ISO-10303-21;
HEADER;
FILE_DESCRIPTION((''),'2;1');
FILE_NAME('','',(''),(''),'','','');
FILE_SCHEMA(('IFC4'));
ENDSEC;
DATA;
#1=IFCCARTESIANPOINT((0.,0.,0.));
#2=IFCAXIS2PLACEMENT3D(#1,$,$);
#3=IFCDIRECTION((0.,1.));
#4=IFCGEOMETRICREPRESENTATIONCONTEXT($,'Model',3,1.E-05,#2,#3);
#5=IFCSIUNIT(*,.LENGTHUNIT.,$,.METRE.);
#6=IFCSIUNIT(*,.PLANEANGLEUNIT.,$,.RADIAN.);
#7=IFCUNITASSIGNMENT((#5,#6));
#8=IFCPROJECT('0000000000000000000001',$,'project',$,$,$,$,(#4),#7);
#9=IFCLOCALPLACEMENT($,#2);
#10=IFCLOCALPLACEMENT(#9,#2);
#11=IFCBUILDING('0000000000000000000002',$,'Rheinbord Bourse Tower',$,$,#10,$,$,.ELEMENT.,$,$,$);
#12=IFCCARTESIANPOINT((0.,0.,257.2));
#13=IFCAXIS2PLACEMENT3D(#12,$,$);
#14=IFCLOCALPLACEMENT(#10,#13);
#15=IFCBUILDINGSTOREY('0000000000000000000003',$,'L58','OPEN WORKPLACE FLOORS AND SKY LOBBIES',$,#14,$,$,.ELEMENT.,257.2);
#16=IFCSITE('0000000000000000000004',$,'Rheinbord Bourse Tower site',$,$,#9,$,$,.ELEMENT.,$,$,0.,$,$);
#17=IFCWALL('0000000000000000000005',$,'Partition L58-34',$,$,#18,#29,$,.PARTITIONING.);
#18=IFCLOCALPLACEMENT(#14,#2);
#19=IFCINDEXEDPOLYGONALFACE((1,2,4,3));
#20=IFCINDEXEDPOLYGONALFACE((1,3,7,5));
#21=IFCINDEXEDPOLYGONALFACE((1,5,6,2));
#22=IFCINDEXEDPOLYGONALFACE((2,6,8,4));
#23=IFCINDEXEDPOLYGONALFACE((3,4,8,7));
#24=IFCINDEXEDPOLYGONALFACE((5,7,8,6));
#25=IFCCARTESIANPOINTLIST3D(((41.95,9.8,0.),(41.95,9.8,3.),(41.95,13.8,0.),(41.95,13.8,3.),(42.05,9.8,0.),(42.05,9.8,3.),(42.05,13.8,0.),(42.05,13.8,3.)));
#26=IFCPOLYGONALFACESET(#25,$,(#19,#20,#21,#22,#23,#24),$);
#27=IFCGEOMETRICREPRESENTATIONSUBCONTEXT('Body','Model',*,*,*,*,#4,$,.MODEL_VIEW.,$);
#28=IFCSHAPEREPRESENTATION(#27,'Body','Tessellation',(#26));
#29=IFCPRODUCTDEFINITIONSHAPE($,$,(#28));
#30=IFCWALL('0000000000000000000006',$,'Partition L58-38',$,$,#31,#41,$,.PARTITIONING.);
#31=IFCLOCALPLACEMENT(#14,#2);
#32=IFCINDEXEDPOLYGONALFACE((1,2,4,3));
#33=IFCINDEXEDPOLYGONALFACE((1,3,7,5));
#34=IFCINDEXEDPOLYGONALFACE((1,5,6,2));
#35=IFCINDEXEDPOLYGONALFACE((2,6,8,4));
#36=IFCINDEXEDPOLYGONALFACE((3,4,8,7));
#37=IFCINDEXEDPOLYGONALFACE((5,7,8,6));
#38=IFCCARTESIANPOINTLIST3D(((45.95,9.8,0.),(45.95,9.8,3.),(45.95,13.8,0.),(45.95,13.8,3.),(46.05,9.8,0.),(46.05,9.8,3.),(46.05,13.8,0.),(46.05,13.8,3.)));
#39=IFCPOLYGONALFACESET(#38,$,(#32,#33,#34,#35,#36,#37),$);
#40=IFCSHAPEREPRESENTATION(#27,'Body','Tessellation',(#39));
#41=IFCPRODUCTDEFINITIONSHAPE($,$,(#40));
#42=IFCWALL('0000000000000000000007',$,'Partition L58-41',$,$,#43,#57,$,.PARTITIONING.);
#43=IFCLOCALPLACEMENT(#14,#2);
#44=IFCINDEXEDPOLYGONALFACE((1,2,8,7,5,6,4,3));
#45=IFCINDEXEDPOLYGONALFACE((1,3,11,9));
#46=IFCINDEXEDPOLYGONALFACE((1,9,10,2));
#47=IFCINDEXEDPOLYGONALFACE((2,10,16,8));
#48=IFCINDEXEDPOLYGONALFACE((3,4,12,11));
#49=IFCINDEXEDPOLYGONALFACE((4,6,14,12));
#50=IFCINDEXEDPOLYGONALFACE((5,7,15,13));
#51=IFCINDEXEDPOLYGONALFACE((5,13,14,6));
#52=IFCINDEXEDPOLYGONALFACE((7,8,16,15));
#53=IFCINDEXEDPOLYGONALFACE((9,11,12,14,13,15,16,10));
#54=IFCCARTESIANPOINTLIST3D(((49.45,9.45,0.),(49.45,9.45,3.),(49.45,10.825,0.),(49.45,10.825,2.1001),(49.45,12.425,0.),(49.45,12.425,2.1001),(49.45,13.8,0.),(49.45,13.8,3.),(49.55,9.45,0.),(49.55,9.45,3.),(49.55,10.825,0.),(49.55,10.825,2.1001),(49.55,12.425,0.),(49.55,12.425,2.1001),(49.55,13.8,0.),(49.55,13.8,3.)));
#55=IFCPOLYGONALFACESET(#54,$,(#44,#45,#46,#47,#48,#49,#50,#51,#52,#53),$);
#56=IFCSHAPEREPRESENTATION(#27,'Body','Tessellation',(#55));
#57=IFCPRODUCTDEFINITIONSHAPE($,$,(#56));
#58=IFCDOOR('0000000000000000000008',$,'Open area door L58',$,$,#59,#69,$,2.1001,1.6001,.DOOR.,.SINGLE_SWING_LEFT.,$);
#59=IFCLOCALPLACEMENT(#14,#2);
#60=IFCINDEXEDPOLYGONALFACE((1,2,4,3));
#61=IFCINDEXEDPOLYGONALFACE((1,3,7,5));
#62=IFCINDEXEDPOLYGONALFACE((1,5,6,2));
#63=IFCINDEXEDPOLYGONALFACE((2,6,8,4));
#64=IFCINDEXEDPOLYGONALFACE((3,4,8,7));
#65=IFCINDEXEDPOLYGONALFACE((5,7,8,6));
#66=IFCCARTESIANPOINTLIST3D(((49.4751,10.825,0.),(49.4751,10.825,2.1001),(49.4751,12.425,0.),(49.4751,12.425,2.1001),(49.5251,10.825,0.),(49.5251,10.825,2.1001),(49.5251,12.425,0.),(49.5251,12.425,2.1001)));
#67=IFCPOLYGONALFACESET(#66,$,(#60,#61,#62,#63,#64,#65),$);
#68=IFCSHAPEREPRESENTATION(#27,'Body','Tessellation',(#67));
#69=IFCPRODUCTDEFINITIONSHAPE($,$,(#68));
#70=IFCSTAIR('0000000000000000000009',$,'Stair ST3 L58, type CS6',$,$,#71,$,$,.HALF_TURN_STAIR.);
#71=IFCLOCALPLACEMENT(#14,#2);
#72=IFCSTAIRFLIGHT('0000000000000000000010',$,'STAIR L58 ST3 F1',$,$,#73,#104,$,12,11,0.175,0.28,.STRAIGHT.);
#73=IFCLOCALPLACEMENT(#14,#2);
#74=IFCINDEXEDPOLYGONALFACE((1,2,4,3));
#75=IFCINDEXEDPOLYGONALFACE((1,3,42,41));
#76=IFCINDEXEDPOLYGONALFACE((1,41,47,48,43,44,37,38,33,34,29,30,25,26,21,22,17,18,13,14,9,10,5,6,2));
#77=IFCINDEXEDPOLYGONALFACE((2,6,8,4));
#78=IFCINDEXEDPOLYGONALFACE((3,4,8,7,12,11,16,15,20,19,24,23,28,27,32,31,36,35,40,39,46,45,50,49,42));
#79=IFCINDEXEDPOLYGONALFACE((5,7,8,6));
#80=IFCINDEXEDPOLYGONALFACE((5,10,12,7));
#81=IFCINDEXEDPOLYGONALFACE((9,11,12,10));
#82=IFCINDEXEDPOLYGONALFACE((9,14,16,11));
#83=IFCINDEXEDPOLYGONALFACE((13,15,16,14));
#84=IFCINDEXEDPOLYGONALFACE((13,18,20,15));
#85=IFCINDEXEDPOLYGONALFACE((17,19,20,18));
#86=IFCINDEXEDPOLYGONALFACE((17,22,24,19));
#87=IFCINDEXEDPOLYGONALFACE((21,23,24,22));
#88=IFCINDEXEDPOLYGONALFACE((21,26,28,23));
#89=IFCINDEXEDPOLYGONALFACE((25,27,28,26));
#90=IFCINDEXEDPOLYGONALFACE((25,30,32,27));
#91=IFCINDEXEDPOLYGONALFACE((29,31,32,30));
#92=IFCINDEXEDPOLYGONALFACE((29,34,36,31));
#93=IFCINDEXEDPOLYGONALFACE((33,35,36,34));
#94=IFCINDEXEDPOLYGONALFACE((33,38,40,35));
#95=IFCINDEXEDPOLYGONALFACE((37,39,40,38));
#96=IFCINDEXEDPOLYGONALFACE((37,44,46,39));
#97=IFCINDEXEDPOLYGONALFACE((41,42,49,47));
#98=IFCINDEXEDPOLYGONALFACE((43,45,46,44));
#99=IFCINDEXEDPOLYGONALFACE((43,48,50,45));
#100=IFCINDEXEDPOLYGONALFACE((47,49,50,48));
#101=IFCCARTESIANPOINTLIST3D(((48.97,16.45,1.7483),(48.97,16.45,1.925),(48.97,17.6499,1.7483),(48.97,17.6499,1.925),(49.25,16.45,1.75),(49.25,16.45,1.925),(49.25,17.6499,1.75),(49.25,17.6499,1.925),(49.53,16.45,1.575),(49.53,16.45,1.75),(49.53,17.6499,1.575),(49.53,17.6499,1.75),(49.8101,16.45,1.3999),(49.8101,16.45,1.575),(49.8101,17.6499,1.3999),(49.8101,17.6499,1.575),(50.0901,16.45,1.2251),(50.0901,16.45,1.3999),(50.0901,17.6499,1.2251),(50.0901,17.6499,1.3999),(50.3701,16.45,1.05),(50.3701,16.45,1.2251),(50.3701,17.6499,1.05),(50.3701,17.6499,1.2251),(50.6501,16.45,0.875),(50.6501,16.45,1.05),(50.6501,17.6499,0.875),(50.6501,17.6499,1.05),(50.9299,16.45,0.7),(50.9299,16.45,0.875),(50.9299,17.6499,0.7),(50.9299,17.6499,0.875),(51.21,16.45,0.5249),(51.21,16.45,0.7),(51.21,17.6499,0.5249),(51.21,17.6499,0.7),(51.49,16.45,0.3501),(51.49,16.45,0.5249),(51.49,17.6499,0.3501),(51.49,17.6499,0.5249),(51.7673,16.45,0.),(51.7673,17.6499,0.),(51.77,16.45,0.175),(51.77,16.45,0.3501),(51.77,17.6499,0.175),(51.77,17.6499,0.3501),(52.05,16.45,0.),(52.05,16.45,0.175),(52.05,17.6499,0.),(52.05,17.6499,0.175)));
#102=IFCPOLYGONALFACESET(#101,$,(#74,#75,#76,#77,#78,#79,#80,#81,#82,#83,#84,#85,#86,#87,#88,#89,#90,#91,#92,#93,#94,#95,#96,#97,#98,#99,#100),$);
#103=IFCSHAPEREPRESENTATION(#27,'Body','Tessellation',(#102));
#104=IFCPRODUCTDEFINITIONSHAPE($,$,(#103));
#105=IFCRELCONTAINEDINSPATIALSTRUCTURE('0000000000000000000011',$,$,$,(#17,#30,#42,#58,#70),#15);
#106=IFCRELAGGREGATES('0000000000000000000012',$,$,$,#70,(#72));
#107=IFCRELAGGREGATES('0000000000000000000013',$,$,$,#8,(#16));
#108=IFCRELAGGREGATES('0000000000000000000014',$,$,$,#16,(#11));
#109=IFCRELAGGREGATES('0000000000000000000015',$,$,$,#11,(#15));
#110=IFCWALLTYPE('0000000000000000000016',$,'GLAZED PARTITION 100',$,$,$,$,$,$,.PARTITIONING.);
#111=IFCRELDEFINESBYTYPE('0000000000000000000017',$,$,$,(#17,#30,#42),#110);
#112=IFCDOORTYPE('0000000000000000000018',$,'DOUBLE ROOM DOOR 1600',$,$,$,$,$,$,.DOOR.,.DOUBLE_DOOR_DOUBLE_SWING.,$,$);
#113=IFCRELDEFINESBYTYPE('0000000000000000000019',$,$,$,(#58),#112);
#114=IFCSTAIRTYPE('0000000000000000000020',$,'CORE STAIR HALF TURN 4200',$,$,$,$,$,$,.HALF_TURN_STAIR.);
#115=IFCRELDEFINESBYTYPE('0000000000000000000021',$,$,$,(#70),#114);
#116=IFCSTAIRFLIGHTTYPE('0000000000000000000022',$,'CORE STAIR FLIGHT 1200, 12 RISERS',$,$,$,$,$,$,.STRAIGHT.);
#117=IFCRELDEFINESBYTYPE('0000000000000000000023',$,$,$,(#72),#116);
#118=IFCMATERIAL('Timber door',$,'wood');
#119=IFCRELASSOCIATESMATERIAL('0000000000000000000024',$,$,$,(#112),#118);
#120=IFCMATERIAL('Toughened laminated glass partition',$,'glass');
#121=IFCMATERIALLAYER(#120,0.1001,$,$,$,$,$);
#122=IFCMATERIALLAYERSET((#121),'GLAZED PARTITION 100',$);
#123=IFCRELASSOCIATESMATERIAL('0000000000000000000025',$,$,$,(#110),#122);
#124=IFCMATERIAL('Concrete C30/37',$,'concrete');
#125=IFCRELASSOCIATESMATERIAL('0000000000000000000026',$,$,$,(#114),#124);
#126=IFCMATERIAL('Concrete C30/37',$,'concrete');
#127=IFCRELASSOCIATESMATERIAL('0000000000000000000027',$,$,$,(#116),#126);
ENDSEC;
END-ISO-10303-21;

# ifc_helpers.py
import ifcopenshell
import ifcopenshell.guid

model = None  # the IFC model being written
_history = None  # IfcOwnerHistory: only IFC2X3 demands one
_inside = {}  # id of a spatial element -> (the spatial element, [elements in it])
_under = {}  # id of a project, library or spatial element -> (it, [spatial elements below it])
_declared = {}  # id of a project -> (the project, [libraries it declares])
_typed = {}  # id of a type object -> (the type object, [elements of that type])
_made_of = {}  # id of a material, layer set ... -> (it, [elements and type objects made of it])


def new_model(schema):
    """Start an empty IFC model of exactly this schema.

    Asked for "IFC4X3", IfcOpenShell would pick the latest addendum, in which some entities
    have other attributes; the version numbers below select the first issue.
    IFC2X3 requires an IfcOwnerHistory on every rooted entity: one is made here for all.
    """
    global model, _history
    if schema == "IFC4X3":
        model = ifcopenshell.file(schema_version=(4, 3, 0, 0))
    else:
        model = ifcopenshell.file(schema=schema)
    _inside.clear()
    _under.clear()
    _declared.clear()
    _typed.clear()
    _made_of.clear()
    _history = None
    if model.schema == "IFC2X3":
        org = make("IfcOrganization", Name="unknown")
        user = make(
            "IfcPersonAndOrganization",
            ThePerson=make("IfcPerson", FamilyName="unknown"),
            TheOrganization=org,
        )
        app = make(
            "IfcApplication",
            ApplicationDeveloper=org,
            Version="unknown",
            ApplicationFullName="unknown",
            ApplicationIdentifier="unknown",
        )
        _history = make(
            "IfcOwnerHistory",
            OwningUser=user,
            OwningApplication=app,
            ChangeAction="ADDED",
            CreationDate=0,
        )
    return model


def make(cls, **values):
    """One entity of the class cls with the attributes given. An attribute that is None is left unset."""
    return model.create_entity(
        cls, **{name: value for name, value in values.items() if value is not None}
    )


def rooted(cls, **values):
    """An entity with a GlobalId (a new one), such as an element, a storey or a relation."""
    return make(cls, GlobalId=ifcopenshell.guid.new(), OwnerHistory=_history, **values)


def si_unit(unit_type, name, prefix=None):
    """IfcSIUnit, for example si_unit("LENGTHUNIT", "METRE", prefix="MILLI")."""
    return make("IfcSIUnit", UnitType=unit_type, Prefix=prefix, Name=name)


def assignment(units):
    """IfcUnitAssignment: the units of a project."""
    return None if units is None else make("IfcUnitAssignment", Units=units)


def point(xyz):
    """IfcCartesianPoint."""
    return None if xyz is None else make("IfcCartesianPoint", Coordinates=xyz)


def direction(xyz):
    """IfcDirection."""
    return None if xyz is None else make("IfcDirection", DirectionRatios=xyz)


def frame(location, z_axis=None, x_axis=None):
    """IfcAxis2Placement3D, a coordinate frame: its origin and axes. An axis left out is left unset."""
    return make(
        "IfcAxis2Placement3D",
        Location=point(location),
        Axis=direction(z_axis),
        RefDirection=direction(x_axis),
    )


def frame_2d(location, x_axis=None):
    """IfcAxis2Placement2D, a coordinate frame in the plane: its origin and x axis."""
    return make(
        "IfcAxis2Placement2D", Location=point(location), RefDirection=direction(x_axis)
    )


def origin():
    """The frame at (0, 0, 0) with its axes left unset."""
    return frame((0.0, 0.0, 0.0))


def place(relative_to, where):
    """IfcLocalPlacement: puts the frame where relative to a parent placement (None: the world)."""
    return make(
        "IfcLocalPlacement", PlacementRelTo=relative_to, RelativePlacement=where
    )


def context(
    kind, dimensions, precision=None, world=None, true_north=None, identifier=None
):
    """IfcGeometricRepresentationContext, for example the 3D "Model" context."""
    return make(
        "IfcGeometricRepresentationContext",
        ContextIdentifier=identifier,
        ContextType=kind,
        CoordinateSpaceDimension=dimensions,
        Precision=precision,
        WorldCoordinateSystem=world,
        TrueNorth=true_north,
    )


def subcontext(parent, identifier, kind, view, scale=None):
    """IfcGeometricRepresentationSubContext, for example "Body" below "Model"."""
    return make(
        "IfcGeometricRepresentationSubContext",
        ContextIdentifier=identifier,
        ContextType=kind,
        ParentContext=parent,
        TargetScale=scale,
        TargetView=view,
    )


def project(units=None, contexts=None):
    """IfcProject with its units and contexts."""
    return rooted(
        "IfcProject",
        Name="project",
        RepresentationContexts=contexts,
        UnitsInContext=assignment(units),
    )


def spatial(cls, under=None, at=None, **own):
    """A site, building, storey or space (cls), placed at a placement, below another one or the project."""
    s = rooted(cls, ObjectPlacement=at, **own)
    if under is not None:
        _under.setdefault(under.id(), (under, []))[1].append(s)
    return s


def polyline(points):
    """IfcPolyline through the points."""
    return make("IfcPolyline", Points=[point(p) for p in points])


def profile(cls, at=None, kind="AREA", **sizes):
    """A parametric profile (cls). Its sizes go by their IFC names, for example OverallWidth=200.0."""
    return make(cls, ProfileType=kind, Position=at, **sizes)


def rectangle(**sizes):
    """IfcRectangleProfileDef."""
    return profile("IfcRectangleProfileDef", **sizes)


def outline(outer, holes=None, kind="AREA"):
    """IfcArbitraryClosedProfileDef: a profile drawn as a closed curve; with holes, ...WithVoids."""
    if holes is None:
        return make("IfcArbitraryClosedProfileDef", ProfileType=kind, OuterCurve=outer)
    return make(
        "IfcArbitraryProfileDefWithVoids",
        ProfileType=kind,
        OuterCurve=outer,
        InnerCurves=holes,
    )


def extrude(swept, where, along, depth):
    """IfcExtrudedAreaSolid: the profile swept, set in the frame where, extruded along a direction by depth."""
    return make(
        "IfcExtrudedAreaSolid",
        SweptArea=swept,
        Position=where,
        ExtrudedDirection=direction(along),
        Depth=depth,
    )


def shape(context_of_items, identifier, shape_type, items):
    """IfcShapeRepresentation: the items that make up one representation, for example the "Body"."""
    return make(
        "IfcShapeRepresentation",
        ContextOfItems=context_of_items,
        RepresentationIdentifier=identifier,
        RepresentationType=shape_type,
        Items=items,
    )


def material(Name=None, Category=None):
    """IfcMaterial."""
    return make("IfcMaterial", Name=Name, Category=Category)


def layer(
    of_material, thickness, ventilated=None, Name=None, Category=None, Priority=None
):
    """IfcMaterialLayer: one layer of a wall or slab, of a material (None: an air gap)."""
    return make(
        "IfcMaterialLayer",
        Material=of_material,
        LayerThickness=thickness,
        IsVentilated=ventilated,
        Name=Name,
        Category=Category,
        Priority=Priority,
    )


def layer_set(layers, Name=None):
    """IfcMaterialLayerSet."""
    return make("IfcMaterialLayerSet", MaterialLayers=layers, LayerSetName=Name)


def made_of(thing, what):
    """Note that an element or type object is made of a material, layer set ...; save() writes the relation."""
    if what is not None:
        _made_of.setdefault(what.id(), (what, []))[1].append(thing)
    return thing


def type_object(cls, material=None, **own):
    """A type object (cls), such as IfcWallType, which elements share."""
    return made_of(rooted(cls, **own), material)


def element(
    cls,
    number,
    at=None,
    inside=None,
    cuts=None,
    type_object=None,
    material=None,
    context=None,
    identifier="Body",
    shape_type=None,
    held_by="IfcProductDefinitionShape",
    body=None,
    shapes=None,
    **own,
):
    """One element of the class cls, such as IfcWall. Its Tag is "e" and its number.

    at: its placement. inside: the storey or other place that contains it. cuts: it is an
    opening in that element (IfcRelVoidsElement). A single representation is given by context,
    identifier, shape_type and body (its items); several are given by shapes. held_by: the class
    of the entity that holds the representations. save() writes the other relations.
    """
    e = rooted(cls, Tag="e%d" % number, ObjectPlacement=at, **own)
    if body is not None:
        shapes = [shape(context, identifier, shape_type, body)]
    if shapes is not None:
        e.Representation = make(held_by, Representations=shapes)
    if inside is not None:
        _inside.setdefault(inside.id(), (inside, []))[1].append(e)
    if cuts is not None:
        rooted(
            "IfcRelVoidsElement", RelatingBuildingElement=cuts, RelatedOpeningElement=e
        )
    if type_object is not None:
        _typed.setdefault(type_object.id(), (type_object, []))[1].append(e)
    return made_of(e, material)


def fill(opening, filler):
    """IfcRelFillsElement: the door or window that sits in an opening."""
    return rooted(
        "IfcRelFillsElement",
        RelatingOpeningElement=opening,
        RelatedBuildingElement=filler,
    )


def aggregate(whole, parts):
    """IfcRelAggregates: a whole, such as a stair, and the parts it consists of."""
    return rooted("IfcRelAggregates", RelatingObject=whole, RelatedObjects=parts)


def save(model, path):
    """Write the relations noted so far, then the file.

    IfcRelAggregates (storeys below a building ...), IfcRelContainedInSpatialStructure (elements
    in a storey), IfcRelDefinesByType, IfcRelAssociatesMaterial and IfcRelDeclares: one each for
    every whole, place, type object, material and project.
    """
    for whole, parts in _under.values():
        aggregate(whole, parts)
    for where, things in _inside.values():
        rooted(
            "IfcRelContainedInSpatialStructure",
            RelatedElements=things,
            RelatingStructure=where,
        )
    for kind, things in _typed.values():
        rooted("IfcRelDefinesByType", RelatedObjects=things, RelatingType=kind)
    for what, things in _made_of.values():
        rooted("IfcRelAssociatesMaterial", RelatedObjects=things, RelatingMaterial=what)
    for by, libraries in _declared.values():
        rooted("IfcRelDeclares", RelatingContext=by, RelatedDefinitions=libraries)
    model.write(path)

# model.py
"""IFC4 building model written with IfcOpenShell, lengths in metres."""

from ifc_helpers import new_model, si_unit, direction, frame, frame_2d, origin, place, context, subcontext, project, spatial, polyline, rectangle, outline, extrude, material, layer, layer_set, type_object, element, fill, aggregate, save


model = new_model("IFC4")

# Units and contexts
model_context = context("Model", 3, precision=1e-05, world=origin(), true_north=direction((0.0, 1.0)))
body_context = subcontext(model_context, "Body", "Model", "MODEL_VIEW")
ifc_project = project(units=[si_unit("LENGTHUNIT", "METRE"), si_unit("PLANEANGLEUNIT", "RADIAN")], contexts=[model_context])

# Site, building, storey
site_placement = place(None, origin())
site = spatial("IfcSite", under=ifc_project, at=site_placement, Name="Rheinbord Bourse Tower site", CompositionType="ELEMENT", RefElevation=0.0)
building_placement = place(site_placement, origin())
building = spatial("IfcBuilding", under=site, at=building_placement, Name="Rheinbord Bourse Tower", CompositionType="ELEMENT")
storey_placement = place(building_placement, frame((0.0, 0.0, 257.2)))
storey = spatial("IfcBuildingStorey", under=building, at=storey_placement, Name="L58", Description="OPEN WORKPLACE FLOORS AND SKY LOBBIES", CompositionType="ELEMENT", Elevation=257.2)

# Shared definitions
ifc_material_1 = material(Name="Timber door", Category="wood")
door_type = type_object("IfcDoorType", Name="DOUBLE ROOM DOOR 1600", OperationType="DOUBLE_DOOR_DOUBLE_SWING", PredefinedType="DOOR", material=ifc_material_1)

# Walls
ifc_material_2 = material(Name="Toughened laminated glass partition", Category="glass")
ifc_layer_1 = layer(ifc_material_2, 0.1001)
ifc_layer_set_1 = layer_set([ifc_layer_1], Name="GLAZED PARTITION 100")
wall_type_1 = type_object("IfcWallType", Name="GLAZED PARTITION 100", PredefinedType="PARTITIONING", material=ifc_layer_set_1)
for number, where, z_axis, x_axis, name in (
    (1, (42.0, 9.8, 0.0), (0.0, 0.0, 1.0), (0.0, 1.0, 0.0), "Partition L58-34"),
    (2, (46.0, 9.8, 0.0), (0.0, 0.0, 1.0), (0.0, 1.0, 0.0), "Partition L58-38"),
):
    element("IfcWall", number, at=place(storey_placement, frame(where, z_axis=z_axis, x_axis=x_axis)), inside=storey, type_object=wall_type_1, Name=name, PredefinedType="PARTITIONING", context=body_context, shape_type="SweptSolid", body=[
        extrude(rectangle(XDim=4.0, YDim=0.1001, at=frame_2d((2.0, 0.0))), origin(), (0.0, 0.0, 1.0), 3.0),
    ])

# Wall, opening, door
wall_1_placement = place(storey_placement, frame((49.5, 9.45, 0.0), z_axis=(0.0, 0.0, 1.0), x_axis=(0.0, 1.0, 0.0)))
wall_1 = element("IfcWall", 3, at=wall_1_placement, inside=storey, type_object=wall_type_1, Name="Partition L58-41", PredefinedType="PARTITIONING", context=body_context, shape_type="SweptSolid", body=[
    extrude(rectangle(XDim=4.3501, YDim=0.1001, at=frame_2d((2.175, 0.0))), origin(), (0.0, 0.0, 1.0), 3.0),
])
opening_1_placement = place(wall_1_placement, frame((1.375, 0.0, 0.0)))
opening_1 = element("IfcOpeningElement", 4, at=opening_1_placement, cuts=wall_1, PredefinedType="OPENING", context=body_context, shape_type="SweptSolid", body=[
    extrude(rectangle(XDim=1.6001, YDim=2.1001, at=frame_2d((0.8, 1.05))), frame((0.0, 0.0601, 0.0), z_axis=(0.0, -1.0, 0.0), x_axis=(1.0, 0.0, 0.0)), (0.0, 0.0, 1.0), 0.1201),
])
door_1_placement = place(opening_1_placement, origin())
door_1 = element("IfcDoor", 5, at=door_1_placement, inside=storey, type_object=door_type, Name="Open area door L58", OperationType="SINGLE_SWING_LEFT", OverallHeight=2.1001, OverallWidth=1.6001, PredefinedType="DOOR", context=body_context, shape_type="SweptSolid", body=[
    extrude(rectangle(XDim=1.6001, YDim=2.1001, at=frame_2d((0.8, 1.05))), frame((0.0, 0.0249, 0.0), z_axis=(0.0, -1.0, 0.0), x_axis=(1.0, 0.0, 0.0)), (0.0, 0.0, 1.0), 0.05),
])
fill(opening_1, door_1)

# Stair, stair flight
ifc_material_3 = material(Name="Concrete C30/37", Category="concrete")
stair_type = type_object("IfcStairType", Name="CORE STAIR HALF TURN 4200", PredefinedType="HALF_TURN_STAIR", material=ifc_material_3)
stair_placement = place(storey_placement, origin())
stair = element("IfcStair", 6, at=stair_placement, inside=storey, type_object=stair_type, Name="Stair ST3 L58, type CS6", PredefinedType="HALF_TURN_STAIR")
ifc_material_4 = material(Name="Concrete C30/37", Category="concrete")
stair_flight_type = type_object("IfcStairFlightType", Name="CORE STAIR FLIGHT 1200, 12 RISERS", PredefinedType="STRAIGHT", material=ifc_material_4)
stair_flight_placement = place(storey_placement, frame((52.05, 17.05, 0.0), z_axis=(0.0, 0.0, 1.0), x_axis=(-1.0, 0.0, 0.0)))
stair_flight = element("IfcStairFlight", 7, at=stair_flight_placement, type_object=stair_flight_type, Name="STAIR L58 ST3 F1", NumberOfRisers=12, NumberOfTreads=11, PredefinedType="STRAIGHT", RiserHeight=0.175, TreadLength=0.28, context=body_context, shape_type="SweptSolid", body=[
    extrude(outline(polyline([(0.0, 0.0), (0.0, 0.175), (0.28, 0.175), (0.28, 0.3501), (0.5601, 0.3501), (0.5601, 0.5249), (0.8401, 0.5249), (0.8401, 0.7), (1.1201, 0.7), (1.1201, 0.875), (1.3999, 0.875), (1.3999, 1.05), (1.6799, 1.05), (1.6799, 1.2251), (1.96, 1.2251), (1.96, 1.3999), (2.24, 1.3999), (2.24, 1.575), (2.52, 1.575), (2.52, 1.75), (2.8, 1.75), (2.8, 1.925), (3.0801, 1.925), (3.0801, 2.1001), (3.0801, 1.7483), (0.2827, 0.0), (0.0, 0.0)])), frame((0.0, 0.6001, 0.0), z_axis=(0.0, -1.0, 0.0), x_axis=(1.0, 0.0, 0.0)), (0.0, 0.0, 1.0), 1.2),
])
aggregate(stair, [stair_flight])

save(model, "model.ifc")
